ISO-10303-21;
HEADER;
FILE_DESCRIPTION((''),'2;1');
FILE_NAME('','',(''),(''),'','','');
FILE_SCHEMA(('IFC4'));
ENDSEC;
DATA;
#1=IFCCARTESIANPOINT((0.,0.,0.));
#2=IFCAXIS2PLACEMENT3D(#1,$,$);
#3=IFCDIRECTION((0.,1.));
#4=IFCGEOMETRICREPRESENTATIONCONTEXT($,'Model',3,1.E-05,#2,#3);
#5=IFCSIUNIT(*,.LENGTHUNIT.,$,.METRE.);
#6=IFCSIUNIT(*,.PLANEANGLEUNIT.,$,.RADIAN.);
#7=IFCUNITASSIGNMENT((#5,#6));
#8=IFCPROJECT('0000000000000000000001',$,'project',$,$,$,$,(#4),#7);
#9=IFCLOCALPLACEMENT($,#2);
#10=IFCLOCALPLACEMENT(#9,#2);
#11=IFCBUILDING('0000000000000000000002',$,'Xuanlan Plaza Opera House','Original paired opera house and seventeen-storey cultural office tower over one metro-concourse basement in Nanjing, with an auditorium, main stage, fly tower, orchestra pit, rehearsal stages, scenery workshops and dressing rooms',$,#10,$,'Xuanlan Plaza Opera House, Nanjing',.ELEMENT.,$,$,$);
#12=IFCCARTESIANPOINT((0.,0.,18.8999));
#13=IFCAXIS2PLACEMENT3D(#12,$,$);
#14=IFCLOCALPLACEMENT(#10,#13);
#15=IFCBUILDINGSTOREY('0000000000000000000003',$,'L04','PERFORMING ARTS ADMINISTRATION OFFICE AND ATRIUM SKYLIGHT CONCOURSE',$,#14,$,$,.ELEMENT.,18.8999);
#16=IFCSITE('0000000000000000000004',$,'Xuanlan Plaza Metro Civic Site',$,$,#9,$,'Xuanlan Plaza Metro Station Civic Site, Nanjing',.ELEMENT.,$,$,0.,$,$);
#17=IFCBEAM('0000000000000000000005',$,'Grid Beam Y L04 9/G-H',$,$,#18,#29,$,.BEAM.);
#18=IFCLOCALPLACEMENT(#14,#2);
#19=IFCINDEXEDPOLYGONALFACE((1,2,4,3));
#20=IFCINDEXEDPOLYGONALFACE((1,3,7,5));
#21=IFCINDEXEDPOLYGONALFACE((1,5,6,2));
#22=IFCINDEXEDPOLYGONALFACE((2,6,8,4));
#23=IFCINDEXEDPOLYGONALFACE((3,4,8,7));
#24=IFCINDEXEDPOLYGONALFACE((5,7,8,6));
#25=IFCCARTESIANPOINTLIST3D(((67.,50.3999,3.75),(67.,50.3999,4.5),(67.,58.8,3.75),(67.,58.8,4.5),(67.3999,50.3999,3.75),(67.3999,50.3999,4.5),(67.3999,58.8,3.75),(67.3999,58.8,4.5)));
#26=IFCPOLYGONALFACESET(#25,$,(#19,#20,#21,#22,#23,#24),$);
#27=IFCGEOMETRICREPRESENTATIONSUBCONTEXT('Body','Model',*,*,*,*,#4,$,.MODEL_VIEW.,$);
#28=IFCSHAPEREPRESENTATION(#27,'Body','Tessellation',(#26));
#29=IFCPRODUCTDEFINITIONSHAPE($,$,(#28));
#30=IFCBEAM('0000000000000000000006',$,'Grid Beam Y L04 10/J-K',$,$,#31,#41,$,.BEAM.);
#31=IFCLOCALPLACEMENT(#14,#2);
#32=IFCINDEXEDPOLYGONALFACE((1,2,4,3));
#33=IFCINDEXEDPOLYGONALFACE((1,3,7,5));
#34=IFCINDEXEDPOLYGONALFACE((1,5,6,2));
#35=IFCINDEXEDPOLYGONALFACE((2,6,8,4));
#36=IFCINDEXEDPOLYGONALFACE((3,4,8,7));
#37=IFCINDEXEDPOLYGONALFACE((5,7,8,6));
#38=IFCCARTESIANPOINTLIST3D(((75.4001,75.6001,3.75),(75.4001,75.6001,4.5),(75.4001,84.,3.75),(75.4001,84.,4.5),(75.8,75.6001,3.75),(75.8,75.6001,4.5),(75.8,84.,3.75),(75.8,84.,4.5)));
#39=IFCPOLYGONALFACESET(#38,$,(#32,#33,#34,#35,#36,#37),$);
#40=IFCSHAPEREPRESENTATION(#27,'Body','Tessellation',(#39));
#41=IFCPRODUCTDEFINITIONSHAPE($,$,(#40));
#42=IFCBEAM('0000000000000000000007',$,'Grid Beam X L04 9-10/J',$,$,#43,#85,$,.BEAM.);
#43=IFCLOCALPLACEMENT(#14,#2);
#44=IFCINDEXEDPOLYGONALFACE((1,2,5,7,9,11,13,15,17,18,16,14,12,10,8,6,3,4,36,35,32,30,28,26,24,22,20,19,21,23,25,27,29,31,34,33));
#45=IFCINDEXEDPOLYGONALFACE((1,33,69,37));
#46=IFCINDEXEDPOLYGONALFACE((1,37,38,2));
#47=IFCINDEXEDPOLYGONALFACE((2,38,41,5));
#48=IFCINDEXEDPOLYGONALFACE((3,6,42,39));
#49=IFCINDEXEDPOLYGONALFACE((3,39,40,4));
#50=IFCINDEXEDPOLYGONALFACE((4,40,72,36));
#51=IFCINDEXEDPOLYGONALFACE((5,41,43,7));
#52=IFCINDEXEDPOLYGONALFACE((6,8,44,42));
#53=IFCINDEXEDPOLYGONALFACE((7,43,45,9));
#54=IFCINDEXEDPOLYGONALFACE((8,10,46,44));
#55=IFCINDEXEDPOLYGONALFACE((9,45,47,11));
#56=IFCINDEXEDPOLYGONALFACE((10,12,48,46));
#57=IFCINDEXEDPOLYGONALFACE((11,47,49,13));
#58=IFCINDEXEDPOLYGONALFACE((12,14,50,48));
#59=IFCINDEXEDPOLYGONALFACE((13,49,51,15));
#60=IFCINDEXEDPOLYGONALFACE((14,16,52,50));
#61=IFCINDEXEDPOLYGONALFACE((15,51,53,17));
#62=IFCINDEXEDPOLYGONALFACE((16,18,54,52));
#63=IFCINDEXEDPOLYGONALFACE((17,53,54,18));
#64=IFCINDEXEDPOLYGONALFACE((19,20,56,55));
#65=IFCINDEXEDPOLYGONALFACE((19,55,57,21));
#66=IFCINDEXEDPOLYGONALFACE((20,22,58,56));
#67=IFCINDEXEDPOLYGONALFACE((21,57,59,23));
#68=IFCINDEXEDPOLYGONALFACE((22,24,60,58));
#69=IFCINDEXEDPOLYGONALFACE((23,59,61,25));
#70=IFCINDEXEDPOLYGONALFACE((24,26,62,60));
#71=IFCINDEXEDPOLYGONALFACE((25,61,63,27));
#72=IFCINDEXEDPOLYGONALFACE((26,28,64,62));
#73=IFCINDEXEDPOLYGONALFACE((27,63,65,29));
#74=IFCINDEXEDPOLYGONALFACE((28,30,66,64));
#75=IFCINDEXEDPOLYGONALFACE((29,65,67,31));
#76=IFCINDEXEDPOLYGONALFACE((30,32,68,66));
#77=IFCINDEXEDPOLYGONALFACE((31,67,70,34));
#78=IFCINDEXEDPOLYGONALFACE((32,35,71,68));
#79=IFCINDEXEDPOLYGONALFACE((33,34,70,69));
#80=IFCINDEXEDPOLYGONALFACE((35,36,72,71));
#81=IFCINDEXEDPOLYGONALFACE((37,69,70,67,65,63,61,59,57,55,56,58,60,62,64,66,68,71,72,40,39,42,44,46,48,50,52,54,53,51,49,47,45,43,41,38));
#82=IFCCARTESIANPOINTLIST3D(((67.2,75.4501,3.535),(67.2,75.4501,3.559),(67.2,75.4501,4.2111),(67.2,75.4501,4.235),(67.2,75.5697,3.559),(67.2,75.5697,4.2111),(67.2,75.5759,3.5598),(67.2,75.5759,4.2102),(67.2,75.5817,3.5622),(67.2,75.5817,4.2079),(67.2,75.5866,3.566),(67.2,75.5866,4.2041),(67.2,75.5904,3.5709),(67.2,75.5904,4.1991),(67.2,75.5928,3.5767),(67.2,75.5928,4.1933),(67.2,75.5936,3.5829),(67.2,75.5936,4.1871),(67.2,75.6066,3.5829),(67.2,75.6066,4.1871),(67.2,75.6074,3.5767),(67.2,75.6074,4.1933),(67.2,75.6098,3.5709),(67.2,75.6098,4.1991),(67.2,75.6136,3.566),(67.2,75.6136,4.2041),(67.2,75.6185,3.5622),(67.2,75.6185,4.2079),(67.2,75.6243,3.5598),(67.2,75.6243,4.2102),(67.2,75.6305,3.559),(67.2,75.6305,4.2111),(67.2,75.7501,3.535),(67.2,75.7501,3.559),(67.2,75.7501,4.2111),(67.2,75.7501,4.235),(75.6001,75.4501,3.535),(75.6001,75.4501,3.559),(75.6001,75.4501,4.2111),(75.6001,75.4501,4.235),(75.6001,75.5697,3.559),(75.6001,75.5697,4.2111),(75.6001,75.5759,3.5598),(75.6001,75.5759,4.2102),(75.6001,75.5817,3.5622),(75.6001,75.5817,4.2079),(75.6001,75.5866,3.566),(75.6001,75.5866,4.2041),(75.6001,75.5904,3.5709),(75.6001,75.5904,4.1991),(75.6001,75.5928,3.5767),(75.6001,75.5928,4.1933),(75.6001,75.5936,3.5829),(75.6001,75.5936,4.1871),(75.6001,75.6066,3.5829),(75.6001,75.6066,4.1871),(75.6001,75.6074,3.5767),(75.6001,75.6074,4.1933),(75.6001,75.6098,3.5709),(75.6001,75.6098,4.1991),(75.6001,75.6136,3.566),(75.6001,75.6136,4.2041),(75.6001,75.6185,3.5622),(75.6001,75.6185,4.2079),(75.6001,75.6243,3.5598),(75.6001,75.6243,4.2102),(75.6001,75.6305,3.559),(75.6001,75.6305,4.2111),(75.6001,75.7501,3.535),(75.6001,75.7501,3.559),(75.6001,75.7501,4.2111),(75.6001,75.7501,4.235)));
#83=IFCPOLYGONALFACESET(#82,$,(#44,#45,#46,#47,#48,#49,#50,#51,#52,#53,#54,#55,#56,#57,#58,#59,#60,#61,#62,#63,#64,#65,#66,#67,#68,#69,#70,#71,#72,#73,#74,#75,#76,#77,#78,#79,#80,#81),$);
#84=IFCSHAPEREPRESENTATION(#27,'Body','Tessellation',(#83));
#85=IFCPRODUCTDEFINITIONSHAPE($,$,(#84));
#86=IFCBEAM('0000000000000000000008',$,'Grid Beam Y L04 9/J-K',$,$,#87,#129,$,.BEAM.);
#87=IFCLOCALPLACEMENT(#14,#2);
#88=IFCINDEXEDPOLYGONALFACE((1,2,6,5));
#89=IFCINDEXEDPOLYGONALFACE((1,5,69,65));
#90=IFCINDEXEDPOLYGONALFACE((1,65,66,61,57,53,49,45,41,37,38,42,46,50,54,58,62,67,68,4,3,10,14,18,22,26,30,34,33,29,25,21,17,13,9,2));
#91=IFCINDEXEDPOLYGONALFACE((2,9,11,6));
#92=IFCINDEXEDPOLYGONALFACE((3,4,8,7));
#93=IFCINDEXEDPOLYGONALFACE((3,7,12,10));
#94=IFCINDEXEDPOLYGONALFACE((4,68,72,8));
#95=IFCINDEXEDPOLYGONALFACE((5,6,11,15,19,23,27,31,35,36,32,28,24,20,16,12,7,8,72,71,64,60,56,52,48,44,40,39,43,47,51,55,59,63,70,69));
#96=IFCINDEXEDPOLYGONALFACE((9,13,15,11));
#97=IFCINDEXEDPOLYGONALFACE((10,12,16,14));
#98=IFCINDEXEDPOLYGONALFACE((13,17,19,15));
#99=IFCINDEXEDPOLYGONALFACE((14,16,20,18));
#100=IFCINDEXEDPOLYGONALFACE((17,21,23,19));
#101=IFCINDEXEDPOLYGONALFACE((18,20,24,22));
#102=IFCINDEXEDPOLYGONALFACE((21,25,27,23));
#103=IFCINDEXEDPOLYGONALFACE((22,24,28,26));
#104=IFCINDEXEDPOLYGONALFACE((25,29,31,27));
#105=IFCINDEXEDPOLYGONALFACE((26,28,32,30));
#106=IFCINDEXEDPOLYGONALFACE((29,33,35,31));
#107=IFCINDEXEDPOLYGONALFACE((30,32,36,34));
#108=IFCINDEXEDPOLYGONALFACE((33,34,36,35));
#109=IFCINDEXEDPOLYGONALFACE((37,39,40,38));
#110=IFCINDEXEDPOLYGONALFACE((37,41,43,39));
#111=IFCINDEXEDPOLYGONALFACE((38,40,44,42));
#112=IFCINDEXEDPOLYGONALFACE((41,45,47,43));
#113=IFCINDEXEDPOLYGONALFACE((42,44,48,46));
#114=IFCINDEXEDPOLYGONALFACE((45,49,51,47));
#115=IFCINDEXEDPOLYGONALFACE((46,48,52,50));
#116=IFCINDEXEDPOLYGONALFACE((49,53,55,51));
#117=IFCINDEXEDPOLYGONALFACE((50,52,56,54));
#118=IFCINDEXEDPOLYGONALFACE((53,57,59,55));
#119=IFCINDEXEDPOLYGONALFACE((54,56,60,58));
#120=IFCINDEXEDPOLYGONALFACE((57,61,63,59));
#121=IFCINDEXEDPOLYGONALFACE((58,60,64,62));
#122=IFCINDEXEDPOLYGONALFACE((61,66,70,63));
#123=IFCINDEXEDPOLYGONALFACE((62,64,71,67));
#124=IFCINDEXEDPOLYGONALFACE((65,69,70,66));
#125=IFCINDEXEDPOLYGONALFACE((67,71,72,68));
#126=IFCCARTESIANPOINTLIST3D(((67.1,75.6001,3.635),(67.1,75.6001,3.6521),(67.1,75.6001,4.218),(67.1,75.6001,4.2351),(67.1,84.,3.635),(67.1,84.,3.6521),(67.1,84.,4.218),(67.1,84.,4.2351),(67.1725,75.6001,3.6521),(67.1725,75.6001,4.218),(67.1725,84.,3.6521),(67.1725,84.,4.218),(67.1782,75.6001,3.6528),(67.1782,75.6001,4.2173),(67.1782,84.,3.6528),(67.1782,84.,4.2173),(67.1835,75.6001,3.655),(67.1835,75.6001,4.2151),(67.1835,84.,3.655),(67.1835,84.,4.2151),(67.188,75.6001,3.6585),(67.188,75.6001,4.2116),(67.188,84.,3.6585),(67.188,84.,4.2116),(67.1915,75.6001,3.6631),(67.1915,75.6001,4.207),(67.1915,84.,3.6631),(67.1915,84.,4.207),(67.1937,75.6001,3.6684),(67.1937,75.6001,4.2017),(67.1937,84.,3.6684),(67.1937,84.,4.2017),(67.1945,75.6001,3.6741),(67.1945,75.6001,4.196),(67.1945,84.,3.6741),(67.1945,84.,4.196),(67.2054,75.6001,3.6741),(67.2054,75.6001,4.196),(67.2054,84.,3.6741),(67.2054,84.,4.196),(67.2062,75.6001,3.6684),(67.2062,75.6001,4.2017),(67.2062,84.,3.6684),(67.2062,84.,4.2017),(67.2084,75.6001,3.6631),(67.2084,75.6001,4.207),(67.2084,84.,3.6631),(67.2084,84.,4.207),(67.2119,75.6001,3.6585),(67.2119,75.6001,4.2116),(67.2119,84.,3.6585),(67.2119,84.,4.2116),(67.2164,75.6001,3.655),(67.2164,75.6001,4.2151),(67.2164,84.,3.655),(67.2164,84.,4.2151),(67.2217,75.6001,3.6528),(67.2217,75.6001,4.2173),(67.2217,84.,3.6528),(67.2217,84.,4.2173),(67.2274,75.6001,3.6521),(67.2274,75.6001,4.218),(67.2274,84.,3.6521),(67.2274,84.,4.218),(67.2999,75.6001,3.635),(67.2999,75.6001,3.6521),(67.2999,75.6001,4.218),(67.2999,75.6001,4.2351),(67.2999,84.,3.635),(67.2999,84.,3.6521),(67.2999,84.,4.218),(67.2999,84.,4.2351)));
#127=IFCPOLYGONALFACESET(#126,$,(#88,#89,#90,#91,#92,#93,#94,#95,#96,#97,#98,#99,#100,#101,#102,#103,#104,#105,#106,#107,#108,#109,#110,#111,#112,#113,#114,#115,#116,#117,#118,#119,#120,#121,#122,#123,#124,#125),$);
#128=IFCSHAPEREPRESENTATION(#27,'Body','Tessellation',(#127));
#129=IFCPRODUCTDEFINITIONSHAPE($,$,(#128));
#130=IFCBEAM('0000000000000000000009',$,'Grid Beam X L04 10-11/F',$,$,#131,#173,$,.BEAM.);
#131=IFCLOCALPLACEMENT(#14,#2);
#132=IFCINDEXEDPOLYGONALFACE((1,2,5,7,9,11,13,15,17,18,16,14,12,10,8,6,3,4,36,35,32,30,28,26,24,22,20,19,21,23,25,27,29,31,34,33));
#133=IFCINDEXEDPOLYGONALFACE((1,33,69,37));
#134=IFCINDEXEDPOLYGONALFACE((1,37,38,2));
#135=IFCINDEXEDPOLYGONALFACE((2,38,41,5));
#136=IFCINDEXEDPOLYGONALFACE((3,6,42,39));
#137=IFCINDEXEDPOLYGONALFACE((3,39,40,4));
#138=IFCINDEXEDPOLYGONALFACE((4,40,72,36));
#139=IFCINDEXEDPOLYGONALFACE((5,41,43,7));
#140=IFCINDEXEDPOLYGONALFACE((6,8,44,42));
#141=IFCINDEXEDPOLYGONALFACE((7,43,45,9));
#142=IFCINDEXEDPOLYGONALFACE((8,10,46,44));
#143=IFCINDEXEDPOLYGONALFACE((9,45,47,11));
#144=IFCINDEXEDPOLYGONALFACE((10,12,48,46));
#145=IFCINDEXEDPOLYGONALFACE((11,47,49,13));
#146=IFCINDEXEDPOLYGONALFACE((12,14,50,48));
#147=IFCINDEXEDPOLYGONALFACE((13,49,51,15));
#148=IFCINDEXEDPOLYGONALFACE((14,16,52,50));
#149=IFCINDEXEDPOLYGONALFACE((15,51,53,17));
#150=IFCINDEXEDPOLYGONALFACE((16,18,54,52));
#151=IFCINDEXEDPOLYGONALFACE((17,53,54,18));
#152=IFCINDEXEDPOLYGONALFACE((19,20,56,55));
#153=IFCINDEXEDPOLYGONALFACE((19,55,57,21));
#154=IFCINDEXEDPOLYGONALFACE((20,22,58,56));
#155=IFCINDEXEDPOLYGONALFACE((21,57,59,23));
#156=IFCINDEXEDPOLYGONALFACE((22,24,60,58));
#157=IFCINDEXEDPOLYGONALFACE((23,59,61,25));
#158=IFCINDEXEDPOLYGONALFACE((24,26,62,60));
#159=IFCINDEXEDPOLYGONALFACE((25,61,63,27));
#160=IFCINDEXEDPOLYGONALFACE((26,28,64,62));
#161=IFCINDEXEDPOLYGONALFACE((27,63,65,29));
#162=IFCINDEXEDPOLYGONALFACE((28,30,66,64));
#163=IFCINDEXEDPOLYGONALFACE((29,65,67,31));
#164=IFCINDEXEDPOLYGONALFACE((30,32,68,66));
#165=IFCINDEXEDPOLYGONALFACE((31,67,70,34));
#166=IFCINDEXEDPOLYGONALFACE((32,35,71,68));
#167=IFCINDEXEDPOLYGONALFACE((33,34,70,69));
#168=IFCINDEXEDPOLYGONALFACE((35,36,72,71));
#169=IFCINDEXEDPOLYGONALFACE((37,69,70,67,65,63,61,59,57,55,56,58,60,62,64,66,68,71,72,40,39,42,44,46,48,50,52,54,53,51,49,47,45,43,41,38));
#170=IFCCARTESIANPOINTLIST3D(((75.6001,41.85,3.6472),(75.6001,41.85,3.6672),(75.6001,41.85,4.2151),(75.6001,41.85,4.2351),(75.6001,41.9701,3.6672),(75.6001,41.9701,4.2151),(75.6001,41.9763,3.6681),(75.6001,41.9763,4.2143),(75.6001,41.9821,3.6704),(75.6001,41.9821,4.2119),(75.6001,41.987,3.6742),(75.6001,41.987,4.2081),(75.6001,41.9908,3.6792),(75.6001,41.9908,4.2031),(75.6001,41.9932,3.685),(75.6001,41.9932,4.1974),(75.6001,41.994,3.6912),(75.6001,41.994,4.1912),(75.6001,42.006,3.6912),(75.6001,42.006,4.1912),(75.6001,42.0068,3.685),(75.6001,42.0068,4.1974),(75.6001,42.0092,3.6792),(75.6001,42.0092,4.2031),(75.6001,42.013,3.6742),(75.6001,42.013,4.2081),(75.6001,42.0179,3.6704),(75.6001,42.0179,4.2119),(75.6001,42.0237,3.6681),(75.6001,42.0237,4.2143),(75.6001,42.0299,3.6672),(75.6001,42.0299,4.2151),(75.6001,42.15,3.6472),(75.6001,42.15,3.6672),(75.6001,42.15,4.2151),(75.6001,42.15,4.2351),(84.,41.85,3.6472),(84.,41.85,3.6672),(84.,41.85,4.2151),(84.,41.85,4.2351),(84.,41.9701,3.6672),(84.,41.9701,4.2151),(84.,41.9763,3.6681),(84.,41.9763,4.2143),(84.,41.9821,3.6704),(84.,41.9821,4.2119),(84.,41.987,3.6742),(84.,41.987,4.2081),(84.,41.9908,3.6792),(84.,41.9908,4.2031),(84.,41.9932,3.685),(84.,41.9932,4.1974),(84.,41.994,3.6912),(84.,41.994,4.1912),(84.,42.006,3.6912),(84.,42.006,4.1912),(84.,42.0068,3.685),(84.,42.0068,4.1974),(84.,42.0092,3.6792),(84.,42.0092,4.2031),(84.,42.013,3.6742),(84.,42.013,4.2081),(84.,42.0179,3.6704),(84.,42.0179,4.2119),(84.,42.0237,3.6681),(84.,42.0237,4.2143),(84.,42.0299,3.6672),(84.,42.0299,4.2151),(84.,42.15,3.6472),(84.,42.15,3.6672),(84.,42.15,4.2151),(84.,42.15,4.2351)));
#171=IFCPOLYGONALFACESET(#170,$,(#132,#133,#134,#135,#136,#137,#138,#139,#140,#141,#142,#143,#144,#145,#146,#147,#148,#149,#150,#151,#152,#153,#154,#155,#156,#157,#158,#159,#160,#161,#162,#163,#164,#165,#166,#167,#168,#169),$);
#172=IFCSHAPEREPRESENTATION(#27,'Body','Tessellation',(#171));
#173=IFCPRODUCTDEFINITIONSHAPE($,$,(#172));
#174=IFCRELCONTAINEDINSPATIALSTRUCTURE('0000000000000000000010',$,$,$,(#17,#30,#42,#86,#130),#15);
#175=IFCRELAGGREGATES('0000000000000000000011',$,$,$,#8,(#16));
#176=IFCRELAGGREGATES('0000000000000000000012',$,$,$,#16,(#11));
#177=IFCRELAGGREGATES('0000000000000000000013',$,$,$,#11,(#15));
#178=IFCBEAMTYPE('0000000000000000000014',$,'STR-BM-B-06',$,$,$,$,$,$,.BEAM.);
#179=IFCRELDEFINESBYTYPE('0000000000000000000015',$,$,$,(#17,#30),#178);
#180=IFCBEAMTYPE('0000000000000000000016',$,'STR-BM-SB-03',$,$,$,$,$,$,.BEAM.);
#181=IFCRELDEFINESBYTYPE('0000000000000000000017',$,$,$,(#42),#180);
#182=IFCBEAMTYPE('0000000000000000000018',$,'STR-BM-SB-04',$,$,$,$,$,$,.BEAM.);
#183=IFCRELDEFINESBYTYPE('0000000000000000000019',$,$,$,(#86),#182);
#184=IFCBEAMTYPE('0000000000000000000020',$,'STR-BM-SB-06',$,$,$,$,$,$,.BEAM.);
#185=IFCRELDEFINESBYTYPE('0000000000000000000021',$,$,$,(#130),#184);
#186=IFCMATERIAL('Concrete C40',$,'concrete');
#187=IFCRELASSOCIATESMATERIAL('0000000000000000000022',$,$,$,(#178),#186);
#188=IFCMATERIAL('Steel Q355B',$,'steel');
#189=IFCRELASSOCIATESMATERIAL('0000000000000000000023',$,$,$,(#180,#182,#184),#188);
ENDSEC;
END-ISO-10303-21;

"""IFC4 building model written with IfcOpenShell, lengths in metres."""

from ifc_helpers import new_model, si_unit, direction, frame, origin, origin_2d, place, context, subcontext, project, spatial, rectangle, i_section, extrude, material, material_profile, profile_set, type_object, element, save


model = new_model("IFC4")

# Units and contexts
model_context = context("Model", 3, precision=1e-05, world=origin(), true_north=direction((0.0, 1.0)))
body_context = subcontext(model_context, "Body", "Model", "MODEL_VIEW")
ifc_project = project(units=[si_unit("LENGTHUNIT", "METRE"), si_unit("PLANEANGLEUNIT", "RADIAN")], contexts=[model_context])

# Site, building, storey
site_placement = place(None, origin())
site = spatial("IfcSite", under=ifc_project, at=site_placement, Name="Xuanlan Plaza Metro Civic Site", LongName="Xuanlan Plaza Metro Station Civic Site, Nanjing", CompositionType="ELEMENT", RefElevation=0.0)
building_placement = place(site_placement, origin())
building = spatial("IfcBuilding", under=site, at=building_placement, Name="Xuanlan Plaza Opera House", Description="Original paired opera house and seventeen-storey cultural office tower over one metro-concourse basement in Nanjing, with an auditorium, main stage, fly tower, orchestra pit, rehearsal stages, scenery workshops and dressing rooms", LongName="Xuanlan Plaza Opera House, Nanjing", CompositionType="ELEMENT")
storey_placement = place(building_placement, frame((0.0, 0.0, 18.8999)))
storey = spatial("IfcBuildingStorey", under=building, at=storey_placement, Name="L04", Description="PERFORMING ARTS ADMINISTRATION OFFICE AND ATRIUM SKYLIGHT CONCOURSE", CompositionType="ELEMENT", Elevation=18.8999)

# Shared definitions
ifc_material_1 = material(Name="Concrete C40", Category="concrete")

# Beams
ifc_material_profile_1 = material_profile(ifc_material_1, rectangle(XDim=0.3999, YDim=0.75, at=origin_2d()), Name="RC-BM 400x750")
ifc_profile_set_1 = profile_set([ifc_material_profile_1], Name="Concrete C40")
beam_type_1 = type_object("IfcBeamType", Name="STR-BM-B-06", PredefinedType="BEAM", material=ifc_profile_set_1)
beam_1_placement = place(storey_placement, frame((67.2, 50.3999, 4.125), z_axis=(0.0, 1.0, 0.0), x_axis=(-1.0, 0.0, 0.0)))
element("IfcBeam", 1, at=beam_1_placement, inside=storey, type_object=beam_type_1, Name="Grid Beam Y L04 9/G-H", PredefinedType="BEAM", context=body_context, shape_type="SweptSolid", body=[
    extrude(rectangle(XDim=0.3999, YDim=0.75, at=origin_2d()), origin(), (0.0, 0.0, 1.0), 8.4001),
])
beam_2_placement = place(storey_placement, frame((75.6001, 75.6001, 4.125), z_axis=(0.0, 1.0, 0.0), x_axis=(-1.0, 0.0, 0.0)))
element("IfcBeam", 2, at=beam_2_placement, inside=storey, type_object=beam_type_1, Name="Grid Beam Y L04 10/J-K", PredefinedType="BEAM", context=body_context, shape_type="SweptSolid", body=[
    extrude(rectangle(XDim=0.3999, YDim=0.75, at=origin_2d()), origin(), (0.0, 0.0, 1.0), 8.3999),
])
ifc_material_2 = material(Name="Steel Q355B", Category="steel")
ifc_material_profile_2 = material_profile(ifc_material_2, i_section(OverallWidth=0.3, OverallDepth=0.7, WebThickness=0.0129, FlangeThickness=0.0239, FilletRadius=0.0239, at=origin_2d()), Name="HN 700x300x13x24")
ifc_profile_set_2 = profile_set([ifc_material_profile_2], Name="Steel Q355B")
beam_type_2 = type_object("IfcBeamType", Name="STR-BM-SB-03", PredefinedType="BEAM", material=ifc_profile_set_2)
beam_3_placement = place(storey_placement, frame((67.2, 75.6001, 3.885), z_axis=(1.0, 0.0, 0.0), x_axis=(0.0, 1.0, 0.0)))
element("IfcBeam", 3, at=beam_3_placement, inside=storey, type_object=beam_type_2, Name="Grid Beam X L04 9-10/J", PredefinedType="BEAM", context=body_context, shape_type="SweptSolid", body=[
    extrude(i_section(OverallWidth=0.3, OverallDepth=0.7, WebThickness=0.0129, FlangeThickness=0.0239, FilletRadius=0.0239, at=origin_2d()), origin(), (0.0, 0.0, 1.0), 8.4001),
])
ifc_material_profile_3 = material_profile(ifc_material_2, i_section(OverallWidth=0.2, OverallDepth=0.6001, WebThickness=0.011, FlangeThickness=0.0171, FilletRadius=0.022, at=origin_2d()), Name="HN 600x200x11x17")
ifc_profile_set_3 = profile_set([ifc_material_profile_3], Name="Steel Q355B")
beam_type_3 = type_object("IfcBeamType", Name="STR-BM-SB-04", PredefinedType="BEAM", material=ifc_profile_set_3)
beam_4_placement = place(storey_placement, frame((67.2, 75.6001, 3.9351), z_axis=(0.0, 1.0, 0.0), x_axis=(-1.0, 0.0, 0.0)))
element("IfcBeam", 4, at=beam_4_placement, inside=storey, type_object=beam_type_3, Name="Grid Beam Y L04 9/J-K", PredefinedType="BEAM", context=body_context, shape_type="SweptSolid", body=[
    extrude(i_section(OverallWidth=0.2, OverallDepth=0.6001, WebThickness=0.011, FlangeThickness=0.0171, FilletRadius=0.022, at=origin_2d()), origin(), (0.0, 0.0, 1.0), 8.3999),
])
ifc_material_profile_4 = material_profile(ifc_material_2, i_section(OverallWidth=0.3, OverallDepth=0.5879, WebThickness=0.012, FlangeThickness=0.02, FilletRadius=0.0239, at=origin_2d()), Name="HM 588x300x12x20")
ifc_profile_set_4 = profile_set([ifc_material_profile_4], Name="Steel Q355B")
beam_type_4 = type_object("IfcBeamType", Name="STR-BM-SB-06", PredefinedType="BEAM", material=ifc_profile_set_4)
for number, where, z_axis, x_axis, name in (
    (5, (75.6001, 42.0, 3.9412), (1.0, 0.0, 0.0), (0.0, 1.0, 0.0), "Grid Beam X L04 10-11/F"),
):
    element("IfcBeam", number, at=place(storey_placement, frame(where, z_axis=z_axis, x_axis=x_axis)), inside=storey, type_object=beam_type_4, Name=name, PredefinedType="BEAM", context=body_context, shape_type="SweptSolid", body=[
        extrude(i_section(OverallWidth=0.3, OverallDepth=0.5879, WebThickness=0.012, FlangeThickness=0.02, FilletRadius=0.0239, at=origin_2d()), origin(), (0.0, 0.0, 1.0), 8.3999),
    ])

save(model, "model.ifc")
